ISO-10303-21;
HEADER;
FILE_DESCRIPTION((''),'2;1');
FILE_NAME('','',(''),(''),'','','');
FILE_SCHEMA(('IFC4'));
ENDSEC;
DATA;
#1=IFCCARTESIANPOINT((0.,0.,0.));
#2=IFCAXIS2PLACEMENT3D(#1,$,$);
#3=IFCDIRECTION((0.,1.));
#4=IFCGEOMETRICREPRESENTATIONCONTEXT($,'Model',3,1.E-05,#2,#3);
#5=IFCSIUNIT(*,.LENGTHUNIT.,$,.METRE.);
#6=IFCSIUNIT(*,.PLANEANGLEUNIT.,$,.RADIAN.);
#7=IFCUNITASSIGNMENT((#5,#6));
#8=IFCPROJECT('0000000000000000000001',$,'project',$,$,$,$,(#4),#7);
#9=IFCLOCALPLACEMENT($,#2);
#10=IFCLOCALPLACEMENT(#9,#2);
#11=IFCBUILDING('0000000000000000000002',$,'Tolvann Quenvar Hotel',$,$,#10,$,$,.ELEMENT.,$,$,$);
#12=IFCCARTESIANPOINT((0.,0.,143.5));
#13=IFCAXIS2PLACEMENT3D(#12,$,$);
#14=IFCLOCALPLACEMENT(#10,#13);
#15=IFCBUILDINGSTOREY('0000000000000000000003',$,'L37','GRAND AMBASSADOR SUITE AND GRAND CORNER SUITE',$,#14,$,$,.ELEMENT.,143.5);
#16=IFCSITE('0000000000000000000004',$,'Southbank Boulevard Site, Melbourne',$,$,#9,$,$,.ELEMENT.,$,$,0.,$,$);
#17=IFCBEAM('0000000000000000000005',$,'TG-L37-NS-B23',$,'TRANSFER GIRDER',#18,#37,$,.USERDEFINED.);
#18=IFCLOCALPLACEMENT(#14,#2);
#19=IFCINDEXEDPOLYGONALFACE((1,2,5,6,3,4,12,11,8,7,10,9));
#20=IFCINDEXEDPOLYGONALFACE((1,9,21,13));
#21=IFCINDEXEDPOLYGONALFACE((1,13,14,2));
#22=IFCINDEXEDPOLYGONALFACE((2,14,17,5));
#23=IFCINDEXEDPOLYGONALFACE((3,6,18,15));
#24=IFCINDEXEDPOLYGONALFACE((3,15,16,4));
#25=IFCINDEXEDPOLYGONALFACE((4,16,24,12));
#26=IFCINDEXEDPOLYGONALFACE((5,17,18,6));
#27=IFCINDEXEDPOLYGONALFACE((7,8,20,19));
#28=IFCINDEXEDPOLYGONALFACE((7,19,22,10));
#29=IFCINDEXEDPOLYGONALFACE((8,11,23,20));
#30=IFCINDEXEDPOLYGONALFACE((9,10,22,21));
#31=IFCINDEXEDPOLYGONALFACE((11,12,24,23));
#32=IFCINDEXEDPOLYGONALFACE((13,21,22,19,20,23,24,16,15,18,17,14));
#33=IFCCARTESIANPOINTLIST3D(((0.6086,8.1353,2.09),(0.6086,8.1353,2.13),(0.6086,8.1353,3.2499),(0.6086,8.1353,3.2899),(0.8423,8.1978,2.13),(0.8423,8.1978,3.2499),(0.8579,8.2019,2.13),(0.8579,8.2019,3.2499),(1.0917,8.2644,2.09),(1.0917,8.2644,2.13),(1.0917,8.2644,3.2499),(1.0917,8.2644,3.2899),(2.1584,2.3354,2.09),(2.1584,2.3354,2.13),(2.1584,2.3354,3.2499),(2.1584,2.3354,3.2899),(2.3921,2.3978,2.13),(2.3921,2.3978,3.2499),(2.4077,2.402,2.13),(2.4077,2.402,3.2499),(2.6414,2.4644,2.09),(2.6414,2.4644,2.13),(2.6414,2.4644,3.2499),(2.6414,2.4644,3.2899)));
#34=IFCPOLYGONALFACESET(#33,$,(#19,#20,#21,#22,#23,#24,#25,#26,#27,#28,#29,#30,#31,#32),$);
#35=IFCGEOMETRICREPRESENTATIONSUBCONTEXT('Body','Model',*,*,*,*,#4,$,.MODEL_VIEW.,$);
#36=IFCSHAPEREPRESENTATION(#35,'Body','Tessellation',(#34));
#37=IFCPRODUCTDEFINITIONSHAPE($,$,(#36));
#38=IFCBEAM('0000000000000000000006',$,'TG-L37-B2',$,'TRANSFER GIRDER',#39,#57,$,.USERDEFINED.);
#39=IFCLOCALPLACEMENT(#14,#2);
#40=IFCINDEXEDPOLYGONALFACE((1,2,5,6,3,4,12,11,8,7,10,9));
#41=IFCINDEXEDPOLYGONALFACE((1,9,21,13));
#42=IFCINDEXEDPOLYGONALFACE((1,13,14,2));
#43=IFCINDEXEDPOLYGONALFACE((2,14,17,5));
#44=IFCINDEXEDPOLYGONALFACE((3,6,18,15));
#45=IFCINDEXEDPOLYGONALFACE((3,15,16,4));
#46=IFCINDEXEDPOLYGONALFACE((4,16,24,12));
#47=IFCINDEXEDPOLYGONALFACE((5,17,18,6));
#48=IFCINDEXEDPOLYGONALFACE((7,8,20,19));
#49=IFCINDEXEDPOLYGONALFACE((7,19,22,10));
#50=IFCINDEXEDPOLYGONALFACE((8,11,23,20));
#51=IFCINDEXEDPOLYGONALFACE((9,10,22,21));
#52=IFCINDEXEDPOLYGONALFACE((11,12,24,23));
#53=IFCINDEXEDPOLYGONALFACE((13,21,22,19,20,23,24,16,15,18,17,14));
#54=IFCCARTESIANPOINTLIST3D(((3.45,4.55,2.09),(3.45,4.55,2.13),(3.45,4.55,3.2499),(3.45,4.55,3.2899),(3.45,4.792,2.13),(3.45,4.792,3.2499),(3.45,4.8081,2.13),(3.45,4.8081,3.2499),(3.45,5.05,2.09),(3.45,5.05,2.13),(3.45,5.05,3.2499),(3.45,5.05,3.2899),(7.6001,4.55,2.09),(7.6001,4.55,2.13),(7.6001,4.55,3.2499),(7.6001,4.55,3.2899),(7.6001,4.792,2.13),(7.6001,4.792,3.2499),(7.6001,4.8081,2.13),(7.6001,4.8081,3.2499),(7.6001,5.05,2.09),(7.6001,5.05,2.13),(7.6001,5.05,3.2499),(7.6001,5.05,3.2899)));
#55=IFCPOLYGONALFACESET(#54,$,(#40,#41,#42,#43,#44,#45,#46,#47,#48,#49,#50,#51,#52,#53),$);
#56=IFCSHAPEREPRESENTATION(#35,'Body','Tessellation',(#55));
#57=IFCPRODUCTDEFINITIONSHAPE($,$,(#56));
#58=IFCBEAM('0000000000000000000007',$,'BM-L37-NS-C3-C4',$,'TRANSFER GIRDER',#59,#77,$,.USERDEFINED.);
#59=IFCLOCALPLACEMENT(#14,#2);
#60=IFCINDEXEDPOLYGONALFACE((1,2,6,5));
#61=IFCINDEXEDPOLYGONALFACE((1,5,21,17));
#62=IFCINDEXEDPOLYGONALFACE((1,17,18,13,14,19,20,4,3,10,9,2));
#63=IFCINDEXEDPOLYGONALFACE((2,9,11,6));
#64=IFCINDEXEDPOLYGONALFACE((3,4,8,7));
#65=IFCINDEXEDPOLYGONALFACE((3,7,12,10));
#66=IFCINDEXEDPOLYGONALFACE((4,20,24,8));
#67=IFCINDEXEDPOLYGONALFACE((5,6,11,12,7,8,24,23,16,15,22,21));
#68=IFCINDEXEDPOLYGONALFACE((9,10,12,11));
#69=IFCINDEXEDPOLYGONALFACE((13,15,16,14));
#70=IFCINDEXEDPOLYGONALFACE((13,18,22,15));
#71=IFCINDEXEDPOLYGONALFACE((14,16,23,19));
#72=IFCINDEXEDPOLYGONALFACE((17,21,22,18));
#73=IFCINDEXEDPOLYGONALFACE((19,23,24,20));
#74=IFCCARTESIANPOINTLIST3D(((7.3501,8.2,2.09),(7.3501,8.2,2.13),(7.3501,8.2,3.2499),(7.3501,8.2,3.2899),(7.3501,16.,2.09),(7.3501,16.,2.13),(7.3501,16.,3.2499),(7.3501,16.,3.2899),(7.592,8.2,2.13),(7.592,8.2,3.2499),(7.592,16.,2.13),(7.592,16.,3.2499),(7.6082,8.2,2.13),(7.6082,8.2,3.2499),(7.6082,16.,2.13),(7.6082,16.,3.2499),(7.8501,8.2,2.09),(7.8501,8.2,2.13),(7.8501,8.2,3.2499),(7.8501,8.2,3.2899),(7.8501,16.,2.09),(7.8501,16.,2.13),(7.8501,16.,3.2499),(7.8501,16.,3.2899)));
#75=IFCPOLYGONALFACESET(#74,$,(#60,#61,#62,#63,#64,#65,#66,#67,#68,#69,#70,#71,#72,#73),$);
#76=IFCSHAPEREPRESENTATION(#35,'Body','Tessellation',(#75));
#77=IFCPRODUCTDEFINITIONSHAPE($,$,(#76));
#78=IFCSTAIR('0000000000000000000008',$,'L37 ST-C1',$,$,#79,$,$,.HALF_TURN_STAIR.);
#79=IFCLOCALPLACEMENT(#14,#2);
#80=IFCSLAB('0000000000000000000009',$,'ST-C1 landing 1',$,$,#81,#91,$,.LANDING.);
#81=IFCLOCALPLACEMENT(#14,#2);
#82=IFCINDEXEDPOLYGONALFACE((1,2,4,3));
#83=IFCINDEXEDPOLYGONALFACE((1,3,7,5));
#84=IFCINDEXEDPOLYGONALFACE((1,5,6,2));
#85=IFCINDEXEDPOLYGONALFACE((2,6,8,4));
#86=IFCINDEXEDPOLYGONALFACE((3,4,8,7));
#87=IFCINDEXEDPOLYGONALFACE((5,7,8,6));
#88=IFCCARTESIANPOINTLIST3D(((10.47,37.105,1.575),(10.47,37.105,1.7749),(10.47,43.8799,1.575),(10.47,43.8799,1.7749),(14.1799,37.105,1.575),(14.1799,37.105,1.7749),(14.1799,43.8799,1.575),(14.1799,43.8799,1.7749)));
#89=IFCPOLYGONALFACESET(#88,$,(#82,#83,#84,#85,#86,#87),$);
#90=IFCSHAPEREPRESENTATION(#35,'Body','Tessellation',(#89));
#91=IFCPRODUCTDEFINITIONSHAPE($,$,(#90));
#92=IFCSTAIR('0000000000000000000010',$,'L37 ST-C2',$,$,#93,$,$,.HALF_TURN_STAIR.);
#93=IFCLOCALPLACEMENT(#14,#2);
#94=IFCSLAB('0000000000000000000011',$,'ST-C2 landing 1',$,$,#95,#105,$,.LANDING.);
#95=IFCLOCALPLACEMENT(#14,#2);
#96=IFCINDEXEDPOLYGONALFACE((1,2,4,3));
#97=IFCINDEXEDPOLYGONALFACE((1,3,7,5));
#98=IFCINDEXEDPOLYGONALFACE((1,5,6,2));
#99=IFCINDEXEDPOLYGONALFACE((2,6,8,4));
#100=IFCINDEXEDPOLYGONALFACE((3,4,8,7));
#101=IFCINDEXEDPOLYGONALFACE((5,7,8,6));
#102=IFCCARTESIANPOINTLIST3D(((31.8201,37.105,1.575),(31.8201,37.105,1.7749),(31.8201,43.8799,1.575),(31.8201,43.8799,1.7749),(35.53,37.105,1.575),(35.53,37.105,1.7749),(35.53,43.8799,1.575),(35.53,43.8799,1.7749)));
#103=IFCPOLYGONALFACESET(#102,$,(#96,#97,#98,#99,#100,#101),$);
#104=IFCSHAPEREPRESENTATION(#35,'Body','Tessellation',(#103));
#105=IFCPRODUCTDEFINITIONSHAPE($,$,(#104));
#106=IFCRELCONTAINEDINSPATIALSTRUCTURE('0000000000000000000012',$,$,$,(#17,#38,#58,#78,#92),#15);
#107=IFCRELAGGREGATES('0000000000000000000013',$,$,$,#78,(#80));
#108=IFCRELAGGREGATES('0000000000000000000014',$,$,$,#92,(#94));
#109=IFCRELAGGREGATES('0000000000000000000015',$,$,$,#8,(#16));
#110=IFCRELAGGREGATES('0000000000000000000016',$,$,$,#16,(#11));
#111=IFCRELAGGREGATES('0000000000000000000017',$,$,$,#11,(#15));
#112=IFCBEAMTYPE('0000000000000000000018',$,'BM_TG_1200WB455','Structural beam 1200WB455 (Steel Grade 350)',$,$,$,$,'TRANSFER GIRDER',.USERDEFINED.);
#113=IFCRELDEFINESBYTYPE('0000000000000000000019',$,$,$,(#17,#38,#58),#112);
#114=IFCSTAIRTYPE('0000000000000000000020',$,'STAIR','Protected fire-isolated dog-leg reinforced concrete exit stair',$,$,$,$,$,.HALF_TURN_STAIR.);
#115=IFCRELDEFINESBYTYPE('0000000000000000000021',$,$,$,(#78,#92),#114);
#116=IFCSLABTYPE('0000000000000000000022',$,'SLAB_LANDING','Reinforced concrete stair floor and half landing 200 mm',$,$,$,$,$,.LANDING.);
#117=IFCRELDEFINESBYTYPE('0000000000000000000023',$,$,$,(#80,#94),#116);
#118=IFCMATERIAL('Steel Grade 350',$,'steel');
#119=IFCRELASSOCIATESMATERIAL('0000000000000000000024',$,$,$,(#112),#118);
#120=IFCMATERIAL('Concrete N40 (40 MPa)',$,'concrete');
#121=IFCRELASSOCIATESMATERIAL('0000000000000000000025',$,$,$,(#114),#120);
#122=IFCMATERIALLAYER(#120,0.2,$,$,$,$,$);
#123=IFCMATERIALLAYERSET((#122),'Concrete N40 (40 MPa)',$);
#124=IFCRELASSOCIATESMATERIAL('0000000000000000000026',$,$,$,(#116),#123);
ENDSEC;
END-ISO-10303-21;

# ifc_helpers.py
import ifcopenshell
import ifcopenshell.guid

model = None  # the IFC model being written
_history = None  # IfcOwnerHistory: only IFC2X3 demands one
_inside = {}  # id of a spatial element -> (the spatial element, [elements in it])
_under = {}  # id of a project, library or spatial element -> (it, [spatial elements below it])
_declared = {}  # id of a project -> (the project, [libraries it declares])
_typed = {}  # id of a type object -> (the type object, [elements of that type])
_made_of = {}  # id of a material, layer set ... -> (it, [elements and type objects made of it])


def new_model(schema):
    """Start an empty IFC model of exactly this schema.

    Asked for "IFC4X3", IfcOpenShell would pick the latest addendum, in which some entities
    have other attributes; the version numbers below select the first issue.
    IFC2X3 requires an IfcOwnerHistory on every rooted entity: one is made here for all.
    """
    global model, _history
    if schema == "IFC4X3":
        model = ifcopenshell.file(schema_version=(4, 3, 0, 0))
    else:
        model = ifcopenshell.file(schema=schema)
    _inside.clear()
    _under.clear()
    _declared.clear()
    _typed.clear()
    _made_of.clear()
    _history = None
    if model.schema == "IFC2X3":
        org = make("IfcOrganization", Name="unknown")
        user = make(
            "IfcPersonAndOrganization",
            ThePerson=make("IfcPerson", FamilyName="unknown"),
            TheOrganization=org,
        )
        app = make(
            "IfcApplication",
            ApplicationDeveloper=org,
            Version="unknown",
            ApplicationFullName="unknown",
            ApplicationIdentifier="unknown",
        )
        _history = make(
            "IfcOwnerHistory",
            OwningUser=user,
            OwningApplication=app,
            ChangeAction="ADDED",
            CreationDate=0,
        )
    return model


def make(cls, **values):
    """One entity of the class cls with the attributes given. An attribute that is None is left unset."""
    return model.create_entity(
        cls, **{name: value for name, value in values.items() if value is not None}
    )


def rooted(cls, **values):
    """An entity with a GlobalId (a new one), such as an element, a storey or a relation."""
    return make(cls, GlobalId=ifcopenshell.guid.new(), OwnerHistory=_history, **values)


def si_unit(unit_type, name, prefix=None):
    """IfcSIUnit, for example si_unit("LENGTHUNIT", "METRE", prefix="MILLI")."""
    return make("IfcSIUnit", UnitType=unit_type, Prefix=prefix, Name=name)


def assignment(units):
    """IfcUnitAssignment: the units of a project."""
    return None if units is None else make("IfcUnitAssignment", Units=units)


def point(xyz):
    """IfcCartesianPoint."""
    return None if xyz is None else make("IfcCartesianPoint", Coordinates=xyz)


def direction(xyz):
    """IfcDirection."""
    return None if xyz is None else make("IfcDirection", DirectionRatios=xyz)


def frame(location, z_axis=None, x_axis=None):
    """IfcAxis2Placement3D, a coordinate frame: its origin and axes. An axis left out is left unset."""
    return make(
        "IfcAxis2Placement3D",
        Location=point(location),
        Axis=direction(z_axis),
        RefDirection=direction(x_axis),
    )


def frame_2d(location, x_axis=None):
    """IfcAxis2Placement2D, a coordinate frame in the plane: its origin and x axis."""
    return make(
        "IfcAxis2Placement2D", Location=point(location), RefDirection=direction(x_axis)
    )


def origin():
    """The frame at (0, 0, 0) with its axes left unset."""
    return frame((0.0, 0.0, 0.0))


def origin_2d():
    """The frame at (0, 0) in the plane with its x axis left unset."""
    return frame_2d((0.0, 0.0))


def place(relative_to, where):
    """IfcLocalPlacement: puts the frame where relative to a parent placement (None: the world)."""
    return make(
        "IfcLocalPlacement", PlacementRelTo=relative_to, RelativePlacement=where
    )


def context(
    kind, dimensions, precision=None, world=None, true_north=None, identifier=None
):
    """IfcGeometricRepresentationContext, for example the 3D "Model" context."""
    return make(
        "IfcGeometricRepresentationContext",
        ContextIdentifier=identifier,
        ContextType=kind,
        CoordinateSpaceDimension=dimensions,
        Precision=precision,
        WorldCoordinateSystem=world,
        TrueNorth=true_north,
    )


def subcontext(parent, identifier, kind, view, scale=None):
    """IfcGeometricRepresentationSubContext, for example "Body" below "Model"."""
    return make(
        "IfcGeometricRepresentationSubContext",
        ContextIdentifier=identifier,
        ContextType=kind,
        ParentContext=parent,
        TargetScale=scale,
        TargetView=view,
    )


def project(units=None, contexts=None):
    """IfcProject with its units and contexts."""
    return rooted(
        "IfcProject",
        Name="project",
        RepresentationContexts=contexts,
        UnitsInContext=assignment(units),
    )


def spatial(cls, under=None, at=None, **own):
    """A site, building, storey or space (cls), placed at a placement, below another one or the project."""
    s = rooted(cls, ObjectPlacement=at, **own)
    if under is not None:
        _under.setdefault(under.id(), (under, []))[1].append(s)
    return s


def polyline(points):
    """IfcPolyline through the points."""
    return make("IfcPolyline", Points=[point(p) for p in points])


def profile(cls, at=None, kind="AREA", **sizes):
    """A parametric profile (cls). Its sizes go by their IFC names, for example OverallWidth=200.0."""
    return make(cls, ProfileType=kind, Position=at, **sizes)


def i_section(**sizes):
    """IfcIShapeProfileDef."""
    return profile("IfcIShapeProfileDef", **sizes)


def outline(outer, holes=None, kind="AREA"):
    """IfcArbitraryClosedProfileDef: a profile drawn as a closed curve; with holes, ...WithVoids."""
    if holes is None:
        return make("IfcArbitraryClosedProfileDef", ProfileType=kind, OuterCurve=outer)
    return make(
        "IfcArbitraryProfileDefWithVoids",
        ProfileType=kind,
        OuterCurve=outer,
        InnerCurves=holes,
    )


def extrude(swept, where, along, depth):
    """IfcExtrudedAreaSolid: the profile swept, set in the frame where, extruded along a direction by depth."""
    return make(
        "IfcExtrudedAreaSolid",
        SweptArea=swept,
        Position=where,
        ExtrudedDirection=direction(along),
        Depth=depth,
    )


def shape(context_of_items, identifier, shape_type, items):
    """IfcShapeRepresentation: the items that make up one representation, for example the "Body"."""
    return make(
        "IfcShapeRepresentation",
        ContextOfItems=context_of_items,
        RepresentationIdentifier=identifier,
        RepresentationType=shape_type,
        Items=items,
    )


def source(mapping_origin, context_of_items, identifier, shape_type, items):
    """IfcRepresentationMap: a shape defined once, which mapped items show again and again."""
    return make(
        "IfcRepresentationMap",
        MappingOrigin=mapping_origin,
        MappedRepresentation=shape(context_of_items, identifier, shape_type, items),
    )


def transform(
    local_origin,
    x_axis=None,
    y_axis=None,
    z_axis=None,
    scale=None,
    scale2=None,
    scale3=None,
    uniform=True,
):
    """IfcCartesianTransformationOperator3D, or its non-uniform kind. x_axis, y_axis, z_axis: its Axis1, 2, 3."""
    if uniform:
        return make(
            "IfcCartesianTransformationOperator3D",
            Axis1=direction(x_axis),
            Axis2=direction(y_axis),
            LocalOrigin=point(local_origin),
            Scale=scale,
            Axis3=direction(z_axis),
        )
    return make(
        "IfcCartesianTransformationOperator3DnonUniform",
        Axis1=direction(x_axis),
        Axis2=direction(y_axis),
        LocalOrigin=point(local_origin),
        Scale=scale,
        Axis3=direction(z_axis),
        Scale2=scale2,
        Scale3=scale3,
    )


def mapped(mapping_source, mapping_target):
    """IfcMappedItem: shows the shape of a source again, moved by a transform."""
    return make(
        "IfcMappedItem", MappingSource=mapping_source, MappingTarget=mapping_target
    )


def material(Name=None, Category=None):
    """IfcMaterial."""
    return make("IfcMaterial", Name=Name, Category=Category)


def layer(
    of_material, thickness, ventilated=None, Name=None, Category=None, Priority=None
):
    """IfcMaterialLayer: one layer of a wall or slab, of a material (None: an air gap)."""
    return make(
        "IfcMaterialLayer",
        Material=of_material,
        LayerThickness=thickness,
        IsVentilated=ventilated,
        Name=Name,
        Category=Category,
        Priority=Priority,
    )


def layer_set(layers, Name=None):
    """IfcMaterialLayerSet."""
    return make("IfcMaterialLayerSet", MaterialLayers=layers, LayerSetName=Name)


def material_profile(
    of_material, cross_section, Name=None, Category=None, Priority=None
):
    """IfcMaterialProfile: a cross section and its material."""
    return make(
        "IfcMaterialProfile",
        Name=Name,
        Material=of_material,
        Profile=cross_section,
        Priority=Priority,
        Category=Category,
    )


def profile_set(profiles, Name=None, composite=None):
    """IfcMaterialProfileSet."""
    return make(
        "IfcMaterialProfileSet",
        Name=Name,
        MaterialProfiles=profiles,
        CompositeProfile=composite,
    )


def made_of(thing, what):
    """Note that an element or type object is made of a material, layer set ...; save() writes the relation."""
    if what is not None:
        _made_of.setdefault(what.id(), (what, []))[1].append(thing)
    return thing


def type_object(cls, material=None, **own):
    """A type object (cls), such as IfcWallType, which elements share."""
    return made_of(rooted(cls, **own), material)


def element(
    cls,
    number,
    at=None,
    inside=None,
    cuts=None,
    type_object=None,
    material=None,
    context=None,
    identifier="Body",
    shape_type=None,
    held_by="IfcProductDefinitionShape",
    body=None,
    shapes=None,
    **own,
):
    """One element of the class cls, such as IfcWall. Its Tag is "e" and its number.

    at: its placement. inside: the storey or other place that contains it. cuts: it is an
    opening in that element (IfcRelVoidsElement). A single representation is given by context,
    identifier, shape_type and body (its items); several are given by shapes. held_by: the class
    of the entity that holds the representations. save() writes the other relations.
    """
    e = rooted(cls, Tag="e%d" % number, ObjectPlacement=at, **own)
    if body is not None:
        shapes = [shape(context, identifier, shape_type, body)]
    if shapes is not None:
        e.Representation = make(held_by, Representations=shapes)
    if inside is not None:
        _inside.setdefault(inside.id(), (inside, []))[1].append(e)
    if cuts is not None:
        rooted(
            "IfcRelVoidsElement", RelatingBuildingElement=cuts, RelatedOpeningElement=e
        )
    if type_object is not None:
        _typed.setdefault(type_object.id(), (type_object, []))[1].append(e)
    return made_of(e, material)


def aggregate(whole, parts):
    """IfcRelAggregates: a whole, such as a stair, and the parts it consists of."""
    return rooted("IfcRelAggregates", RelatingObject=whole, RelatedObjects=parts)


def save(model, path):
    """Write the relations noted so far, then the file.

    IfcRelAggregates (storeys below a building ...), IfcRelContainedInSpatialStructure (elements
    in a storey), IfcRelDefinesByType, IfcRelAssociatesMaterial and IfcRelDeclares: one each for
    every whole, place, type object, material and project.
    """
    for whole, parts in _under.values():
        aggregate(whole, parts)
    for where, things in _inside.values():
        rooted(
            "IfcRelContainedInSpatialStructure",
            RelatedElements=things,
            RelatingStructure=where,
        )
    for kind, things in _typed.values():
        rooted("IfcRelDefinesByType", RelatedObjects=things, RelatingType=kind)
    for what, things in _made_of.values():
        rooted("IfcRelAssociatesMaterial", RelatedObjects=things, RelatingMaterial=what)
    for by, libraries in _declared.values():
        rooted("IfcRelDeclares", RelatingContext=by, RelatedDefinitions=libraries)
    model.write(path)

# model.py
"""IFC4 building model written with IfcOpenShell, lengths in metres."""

from ifc_helpers import new_model, si_unit, direction, frame, origin, origin_2d, place, context, subcontext, project, spatial, polyline, i_section, outline, extrude, source, transform, mapped, material, layer, layer_set, material_profile, profile_set, type_object, element, aggregate, save


model = new_model("IFC4")

# Units and contexts
model_context = context("Model", 3, precision=1e-05, world=origin(), true_north=direction((0.0, 1.0)))
body_context = subcontext(model_context, "Body", "Model", "MODEL_VIEW")
ifc_project = project(units=[si_unit("LENGTHUNIT", "METRE"), si_unit("PLANEANGLEUNIT", "RADIAN")], contexts=[model_context])

# Site, building, storey
site_placement = place(None, origin())
site = spatial("IfcSite", under=ifc_project, at=site_placement, Name="Southbank Boulevard Site, Melbourne", CompositionType="ELEMENT", RefElevation=0.0)
building_placement = place(site_placement, origin())
building = spatial("IfcBuilding", under=site, at=building_placement, Name="Tolvann Quenvar Hotel", CompositionType="ELEMENT")
storey_placement = place(building_placement, frame((0.0, 0.0, 143.5)))
storey = spatial("IfcBuildingStorey", under=building, at=storey_placement, Name="L37", Description="GRAND AMBASSADOR SUITE AND GRAND CORNER SUITE", CompositionType="ELEMENT", Elevation=143.5)

# Shared definitions
ifc_material_1 = material(Name="Steel Grade 350", Category="steel")

# Beams
ifc_material_profile_1 = material_profile(ifc_material_1, i_section(OverallWidth=0.5, OverallDepth=1.2, WebThickness=0.0161, FlangeThickness=0.04, at=origin_2d()), Name="1200WB455")
ifc_profile_set_1 = profile_set([ifc_material_profile_1], Name="Steel Grade 350")
beam_type = type_object("IfcBeamType", Name="BM_TG_1200WB455", Description="Structural beam 1200WB455 (Steel Grade 350)", ElementType="TRANSFER GIRDER", PredefinedType="USERDEFINED", material=ifc_profile_set_1)
shared_shape_1 = source(origin(), body_context, "Body", "SweptSolid", [
    extrude(i_section(OverallWidth=0.5, OverallDepth=1.2, WebThickness=0.0161, FlangeThickness=0.04, at=origin_2d()), origin(), (0.0, 0.0, 1.0), 6.0034),
])
beam_1_placement = place(storey_placement, frame((2.3999, 2.3999, 2.6899), z_axis=(-0.258149, 0.966105, 0.0), x_axis=(-0.966105, -0.258149, 0.0)))
element("IfcBeam", 1, at=beam_1_placement, inside=storey, type_object=beam_type, Name="TG-L37-NS-B23", ObjectType="TRANSFER GIRDER", PredefinedType="USERDEFINED", context=body_context, shape_type="MappedRepresentation", body=[
    mapped(shared_shape_1, transform((0.0, 0.0, 0.0), x_axis=(1.0, 0.0, 0.0), y_axis=(0.0, 1.0, 0.0), z_axis=(0.0, 0.0, 1.0), scale=1.0)),
])
shared_shape_2 = source(origin(), body_context, "Body", "SweptSolid", [
    extrude(i_section(OverallWidth=0.5, OverallDepth=1.2, WebThickness=0.0161, FlangeThickness=0.04, at=origin_2d()), origin(), (0.0, 0.0, 1.0), 4.1501),
])
beam_2_placement = place(storey_placement, frame((3.45, 4.8, 2.6899), z_axis=(1.0, 0.0, 0.0), x_axis=(0.0, 1.0, 0.0)))
element("IfcBeam", 2, at=beam_2_placement, inside=storey, type_object=beam_type, Name="TG-L37-B2", ObjectType="TRANSFER GIRDER", PredefinedType="USERDEFINED", context=body_context, shape_type="MappedRepresentation", body=[
    mapped(shared_shape_2, transform((0.0, 0.0, 0.0), x_axis=(1.0, 0.0, 0.0), y_axis=(0.0, 1.0, 0.0), z_axis=(0.0, 0.0, 1.0), scale=1.0)),
])
shared_shape_3 = source(origin(), body_context, "Body", "SweptSolid", [
    extrude(i_section(OverallWidth=0.5, OverallDepth=1.2, WebThickness=0.0161, FlangeThickness=0.04, at=origin_2d()), origin(), (0.0, 0.0, 1.0), 7.8),
])
beam_3_placement = place(storey_placement, frame((7.6001, 8.2, 2.6899), z_axis=(0.0, 1.0, 0.0), x_axis=(-1.0, 0.0, 0.0)))
element("IfcBeam", 3, at=beam_3_placement, inside=storey, type_object=beam_type, Name="BM-L37-NS-C3-C4", ObjectType="TRANSFER GIRDER", PredefinedType="USERDEFINED", context=body_context, shape_type="MappedRepresentation", body=[
    mapped(shared_shape_3, transform((0.0, 0.0, 0.0), x_axis=(1.0, 0.0, 0.0), y_axis=(0.0, 1.0, 0.0), z_axis=(0.0, 0.0, 1.0), scale=1.0)),
])

# Stairs, slabs
ifc_material_2 = material(Name="Concrete N40 (40 MPa)", Category="concrete")
stair_type = type_object("IfcStairType", Name="STAIR", Description="Protected fire-isolated dog-leg reinforced concrete exit stair", PredefinedType="HALF_TURN_STAIR", material=ifc_material_2)
stair_1_placement = place(storey_placement, origin())
stair_1 = element("IfcStair", 4, at=stair_1_placement, inside=storey, type_object=stair_type, Name="L37 ST-C1", PredefinedType="HALF_TURN_STAIR")
ifc_layer_1 = layer(ifc_material_2, 0.2)
ifc_layer_set_1 = layer_set([ifc_layer_1], Name="Concrete N40 (40 MPa)")
slab_type_1 = type_object("IfcSlabType", Name="SLAB_LANDING", Description="Reinforced concrete stair floor and half landing 200 mm", PredefinedType="LANDING", material=ifc_layer_set_1)
slab_1_placement = place(storey_placement, frame((0.0, 0.0, 1.575)))
slab_1 = element("IfcSlab", 5, at=slab_1_placement, type_object=slab_type_1, Name="ST-C1 landing 1", PredefinedType="LANDING", context=body_context, shape_type="SweptSolid", body=[
    extrude(outline(polyline([(14.1799, 37.105), (14.1799, 43.8799), (10.47, 43.8799), (10.47, 37.105), (14.1799, 37.105)])), origin(), (0.0, 0.0, 1.0), 0.2),
])
aggregate(stair_1, [slab_1])
stair_2_placement = place(storey_placement, origin())
stair_2 = element("IfcStair", 6, at=stair_2_placement, inside=storey, type_object=stair_type, Name="L37 ST-C2", PredefinedType="HALF_TURN_STAIR")
slab_2_placement = place(storey_placement, frame((0.0, 0.0, 1.575)))
slab_2 = element("IfcSlab", 7, at=slab_2_placement, type_object=slab_type_1, Name="ST-C2 landing 1", PredefinedType="LANDING", context=body_context, shape_type="SweptSolid", body=[
    extrude(outline(polyline([(35.53, 37.105), (35.53, 43.8799), (31.8201, 43.8799), (31.8201, 37.105), (35.53, 37.105)])), origin(), (0.0, 0.0, 1.0), 0.2),
])
aggregate(stair_2, [slab_2])

save(model, "model.ifc")
